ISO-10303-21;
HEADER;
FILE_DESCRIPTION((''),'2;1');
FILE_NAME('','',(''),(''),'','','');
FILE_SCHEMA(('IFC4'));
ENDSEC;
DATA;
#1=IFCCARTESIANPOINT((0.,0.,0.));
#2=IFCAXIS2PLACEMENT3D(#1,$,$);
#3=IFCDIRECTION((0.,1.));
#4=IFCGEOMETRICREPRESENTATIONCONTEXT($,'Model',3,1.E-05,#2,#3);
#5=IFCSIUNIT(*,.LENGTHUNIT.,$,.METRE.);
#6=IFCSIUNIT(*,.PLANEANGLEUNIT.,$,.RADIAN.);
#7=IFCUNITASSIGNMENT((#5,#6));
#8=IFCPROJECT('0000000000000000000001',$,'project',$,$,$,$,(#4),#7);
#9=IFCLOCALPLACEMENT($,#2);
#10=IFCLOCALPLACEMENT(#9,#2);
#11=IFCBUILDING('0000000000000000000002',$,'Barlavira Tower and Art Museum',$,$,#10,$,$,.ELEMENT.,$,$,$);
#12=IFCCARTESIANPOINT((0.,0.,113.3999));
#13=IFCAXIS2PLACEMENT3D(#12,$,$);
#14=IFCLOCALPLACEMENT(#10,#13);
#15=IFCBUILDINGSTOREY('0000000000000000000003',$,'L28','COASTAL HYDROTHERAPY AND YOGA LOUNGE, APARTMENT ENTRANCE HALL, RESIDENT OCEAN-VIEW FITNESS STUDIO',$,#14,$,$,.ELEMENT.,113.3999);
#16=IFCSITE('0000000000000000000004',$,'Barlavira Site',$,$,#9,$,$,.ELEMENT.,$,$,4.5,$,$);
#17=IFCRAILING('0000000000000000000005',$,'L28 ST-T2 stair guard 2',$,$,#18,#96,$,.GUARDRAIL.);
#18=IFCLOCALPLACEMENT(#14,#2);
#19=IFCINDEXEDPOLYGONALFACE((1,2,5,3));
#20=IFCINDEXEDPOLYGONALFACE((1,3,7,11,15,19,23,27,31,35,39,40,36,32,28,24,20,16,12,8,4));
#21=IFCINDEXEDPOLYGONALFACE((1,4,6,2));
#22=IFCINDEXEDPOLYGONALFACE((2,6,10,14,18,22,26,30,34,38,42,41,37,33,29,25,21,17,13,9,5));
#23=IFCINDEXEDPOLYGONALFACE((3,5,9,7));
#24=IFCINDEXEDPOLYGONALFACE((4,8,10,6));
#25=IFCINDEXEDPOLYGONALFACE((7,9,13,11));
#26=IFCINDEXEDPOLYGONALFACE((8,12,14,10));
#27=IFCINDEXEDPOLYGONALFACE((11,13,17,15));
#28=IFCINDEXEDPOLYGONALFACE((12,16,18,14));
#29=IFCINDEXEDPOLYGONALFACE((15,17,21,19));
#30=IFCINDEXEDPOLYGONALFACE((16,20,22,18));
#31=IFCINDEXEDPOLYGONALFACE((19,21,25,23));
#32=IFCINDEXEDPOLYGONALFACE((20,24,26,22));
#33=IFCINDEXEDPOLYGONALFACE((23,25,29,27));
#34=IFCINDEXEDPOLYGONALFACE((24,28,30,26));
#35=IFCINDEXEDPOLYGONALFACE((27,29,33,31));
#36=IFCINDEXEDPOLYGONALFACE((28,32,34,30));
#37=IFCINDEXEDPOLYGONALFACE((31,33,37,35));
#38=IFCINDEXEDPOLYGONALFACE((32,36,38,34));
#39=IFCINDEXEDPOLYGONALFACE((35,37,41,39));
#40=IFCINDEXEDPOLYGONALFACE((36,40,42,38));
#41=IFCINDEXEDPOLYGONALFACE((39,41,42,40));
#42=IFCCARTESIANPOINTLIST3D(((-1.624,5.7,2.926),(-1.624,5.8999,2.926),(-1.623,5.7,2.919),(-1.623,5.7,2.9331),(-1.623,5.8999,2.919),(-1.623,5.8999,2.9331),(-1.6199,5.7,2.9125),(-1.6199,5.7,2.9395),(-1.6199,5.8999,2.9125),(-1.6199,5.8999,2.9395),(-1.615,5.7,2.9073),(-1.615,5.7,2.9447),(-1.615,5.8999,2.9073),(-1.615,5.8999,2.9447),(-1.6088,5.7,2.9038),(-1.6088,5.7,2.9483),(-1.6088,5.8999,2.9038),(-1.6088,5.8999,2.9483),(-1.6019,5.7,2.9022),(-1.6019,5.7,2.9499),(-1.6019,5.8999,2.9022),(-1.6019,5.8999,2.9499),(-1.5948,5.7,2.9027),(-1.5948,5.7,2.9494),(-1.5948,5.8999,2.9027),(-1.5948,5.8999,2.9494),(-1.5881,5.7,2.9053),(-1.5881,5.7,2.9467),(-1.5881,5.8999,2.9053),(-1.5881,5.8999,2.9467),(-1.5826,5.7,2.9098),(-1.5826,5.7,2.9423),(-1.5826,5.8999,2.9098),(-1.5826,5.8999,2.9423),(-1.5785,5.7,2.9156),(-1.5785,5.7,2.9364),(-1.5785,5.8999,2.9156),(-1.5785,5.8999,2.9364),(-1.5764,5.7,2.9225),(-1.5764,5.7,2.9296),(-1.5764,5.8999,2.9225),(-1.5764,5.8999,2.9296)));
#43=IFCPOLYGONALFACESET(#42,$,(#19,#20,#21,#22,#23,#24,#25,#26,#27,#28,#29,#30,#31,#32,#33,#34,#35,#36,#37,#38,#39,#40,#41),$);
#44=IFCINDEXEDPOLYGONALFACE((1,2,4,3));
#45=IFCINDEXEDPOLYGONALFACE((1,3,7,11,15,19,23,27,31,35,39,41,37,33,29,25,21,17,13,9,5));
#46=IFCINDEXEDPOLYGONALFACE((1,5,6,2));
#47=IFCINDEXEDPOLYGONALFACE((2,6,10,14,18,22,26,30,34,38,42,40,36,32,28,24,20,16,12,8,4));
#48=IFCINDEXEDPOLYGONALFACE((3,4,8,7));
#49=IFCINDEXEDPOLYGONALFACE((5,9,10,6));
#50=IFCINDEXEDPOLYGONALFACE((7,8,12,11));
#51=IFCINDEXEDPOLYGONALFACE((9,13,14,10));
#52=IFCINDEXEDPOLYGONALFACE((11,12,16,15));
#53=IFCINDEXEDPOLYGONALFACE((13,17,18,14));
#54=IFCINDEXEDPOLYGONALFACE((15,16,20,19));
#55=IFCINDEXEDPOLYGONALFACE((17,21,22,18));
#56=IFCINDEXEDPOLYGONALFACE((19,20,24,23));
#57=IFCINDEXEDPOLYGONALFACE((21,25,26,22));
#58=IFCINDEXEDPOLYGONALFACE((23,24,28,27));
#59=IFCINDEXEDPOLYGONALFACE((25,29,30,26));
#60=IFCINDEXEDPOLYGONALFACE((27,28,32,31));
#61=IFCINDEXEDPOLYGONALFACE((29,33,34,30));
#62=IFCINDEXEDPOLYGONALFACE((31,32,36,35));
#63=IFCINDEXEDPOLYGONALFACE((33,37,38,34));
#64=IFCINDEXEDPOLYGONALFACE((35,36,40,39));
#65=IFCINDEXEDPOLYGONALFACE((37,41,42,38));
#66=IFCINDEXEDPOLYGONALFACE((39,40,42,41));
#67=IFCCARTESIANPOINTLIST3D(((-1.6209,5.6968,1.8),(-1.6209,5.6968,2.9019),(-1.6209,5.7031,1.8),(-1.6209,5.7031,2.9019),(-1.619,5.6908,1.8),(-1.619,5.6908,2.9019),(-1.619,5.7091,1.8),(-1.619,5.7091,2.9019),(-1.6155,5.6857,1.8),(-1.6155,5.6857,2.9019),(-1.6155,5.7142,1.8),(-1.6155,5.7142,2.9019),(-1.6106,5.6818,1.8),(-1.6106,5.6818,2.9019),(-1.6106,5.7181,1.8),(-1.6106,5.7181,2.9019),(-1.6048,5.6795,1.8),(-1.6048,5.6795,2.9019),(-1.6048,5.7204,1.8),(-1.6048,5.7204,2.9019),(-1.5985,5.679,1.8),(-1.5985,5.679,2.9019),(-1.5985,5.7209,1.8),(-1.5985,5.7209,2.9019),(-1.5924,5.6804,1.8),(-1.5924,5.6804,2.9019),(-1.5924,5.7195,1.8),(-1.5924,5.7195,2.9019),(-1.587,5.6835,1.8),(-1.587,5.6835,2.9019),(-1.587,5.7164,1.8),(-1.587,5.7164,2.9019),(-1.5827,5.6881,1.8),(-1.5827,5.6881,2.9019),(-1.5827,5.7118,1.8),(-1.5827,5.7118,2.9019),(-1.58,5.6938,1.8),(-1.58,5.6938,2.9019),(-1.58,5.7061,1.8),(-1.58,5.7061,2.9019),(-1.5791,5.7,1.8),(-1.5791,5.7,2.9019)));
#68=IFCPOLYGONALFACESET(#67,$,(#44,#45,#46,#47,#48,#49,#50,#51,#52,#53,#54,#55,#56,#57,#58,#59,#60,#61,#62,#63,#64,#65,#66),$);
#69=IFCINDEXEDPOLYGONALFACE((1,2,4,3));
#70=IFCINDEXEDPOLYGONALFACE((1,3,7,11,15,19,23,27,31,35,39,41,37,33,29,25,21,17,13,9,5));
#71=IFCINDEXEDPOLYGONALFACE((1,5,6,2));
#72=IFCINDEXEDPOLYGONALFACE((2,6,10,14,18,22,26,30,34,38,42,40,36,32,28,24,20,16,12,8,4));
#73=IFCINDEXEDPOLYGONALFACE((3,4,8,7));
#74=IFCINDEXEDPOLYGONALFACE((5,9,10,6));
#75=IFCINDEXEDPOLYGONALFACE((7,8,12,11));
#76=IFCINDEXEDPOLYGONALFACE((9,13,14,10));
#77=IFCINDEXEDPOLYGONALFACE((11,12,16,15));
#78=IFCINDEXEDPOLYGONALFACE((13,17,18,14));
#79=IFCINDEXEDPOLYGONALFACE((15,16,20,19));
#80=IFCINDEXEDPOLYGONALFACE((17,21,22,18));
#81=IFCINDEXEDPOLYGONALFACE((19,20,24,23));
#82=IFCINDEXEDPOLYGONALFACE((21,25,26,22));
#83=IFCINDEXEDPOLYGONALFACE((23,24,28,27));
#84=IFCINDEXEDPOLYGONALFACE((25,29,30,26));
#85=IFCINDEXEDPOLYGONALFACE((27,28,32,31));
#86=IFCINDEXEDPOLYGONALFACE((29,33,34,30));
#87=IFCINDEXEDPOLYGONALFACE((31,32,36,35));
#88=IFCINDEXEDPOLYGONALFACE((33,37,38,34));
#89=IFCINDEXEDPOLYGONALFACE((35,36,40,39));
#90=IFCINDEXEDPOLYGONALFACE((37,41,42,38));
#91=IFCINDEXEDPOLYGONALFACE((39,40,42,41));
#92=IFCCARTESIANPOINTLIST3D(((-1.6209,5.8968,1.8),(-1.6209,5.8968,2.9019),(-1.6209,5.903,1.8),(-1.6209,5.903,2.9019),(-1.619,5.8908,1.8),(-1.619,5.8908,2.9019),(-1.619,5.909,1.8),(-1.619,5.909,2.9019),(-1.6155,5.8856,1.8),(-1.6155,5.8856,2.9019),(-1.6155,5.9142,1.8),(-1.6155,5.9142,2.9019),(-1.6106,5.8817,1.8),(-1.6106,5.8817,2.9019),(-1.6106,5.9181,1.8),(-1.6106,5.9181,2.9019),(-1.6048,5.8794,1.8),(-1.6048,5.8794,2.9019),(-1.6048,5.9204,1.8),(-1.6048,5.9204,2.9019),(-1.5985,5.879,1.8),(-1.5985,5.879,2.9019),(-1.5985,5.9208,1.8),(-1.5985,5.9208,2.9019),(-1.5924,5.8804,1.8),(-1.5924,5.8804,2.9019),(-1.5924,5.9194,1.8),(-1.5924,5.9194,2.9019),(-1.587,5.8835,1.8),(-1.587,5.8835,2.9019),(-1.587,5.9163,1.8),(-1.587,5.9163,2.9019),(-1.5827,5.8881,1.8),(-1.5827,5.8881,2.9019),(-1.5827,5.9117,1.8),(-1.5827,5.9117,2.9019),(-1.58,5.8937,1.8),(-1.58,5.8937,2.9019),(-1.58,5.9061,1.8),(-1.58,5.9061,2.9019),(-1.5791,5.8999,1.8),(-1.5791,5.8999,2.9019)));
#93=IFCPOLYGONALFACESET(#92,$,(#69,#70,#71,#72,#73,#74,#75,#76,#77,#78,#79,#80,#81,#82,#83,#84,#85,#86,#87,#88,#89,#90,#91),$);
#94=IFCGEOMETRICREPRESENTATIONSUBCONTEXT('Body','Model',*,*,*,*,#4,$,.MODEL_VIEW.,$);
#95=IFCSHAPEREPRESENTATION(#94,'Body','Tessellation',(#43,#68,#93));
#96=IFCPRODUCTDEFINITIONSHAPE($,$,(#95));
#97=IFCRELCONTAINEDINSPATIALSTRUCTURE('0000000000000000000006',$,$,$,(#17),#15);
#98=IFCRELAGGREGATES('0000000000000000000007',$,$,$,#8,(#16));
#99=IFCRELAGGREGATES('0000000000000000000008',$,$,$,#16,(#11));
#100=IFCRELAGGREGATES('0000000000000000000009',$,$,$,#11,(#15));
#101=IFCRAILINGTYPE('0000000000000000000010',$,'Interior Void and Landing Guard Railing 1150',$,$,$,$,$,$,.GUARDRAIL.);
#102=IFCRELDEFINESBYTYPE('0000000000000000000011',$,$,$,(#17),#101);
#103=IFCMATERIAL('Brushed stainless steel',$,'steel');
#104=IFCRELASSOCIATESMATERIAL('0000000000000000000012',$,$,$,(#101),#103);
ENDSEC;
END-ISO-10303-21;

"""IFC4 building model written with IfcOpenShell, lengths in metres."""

from ifc_helpers import new_model, si_unit, direction, frame, origin, origin_2d, place, context, subcontext, project, spatial, circle, extrude, material, type_object, element, save


model = new_model("IFC4")

# Units and contexts
model_context = context("Model", 3, precision=1e-05, world=origin(), true_north=direction((0.0, 1.0)))
body_context = subcontext(model_context, "Body", "Model", "MODEL_VIEW")
ifc_project = project(units=[si_unit("LENGTHUNIT", "METRE"), si_unit("PLANEANGLEUNIT", "RADIAN")], contexts=[model_context])

# Site, building, storey
site_placement = place(None, origin())
site = spatial("IfcSite", under=ifc_project, at=site_placement, Name="Barlavira Site", CompositionType="ELEMENT", RefElevation=4.5)
building_placement = place(site_placement, origin())
building = spatial("IfcBuilding", under=site, at=building_placement, Name="Barlavira Tower and Art Museum", CompositionType="ELEMENT")
storey_placement = place(building_placement, frame((0.0, 0.0, 113.3999)))
storey = spatial("IfcBuildingStorey", under=building, at=storey_placement, Name="L28", Description="COASTAL HYDROTHERAPY AND YOGA LOUNGE, APARTMENT ENTRANCE HALL, RESIDENT OCEAN-VIEW FITNESS STUDIO", CompositionType="ELEMENT", Elevation=113.3999)

# Shared definitions
ifc_material_1 = material(Name="Brushed stainless steel", Category="steel")

# Railing
railing_type_1 = type_object("IfcRailingType", Name="Interior Void and Landing Guard Railing 1150", PredefinedType="GUARDRAIL", material=ifc_material_1)
railing_1_placement = place(storey_placement, frame((-1.6001, 5.7, 1.8)))
element("IfcRailing", 1, at=railing_1_placement, inside=storey, type_object=railing_type_1, Name="L28 ST-T2 stair guard 2", PredefinedType="GUARDRAIL", context=body_context, shape_type="SweptSolid", body=[
    extrude(circle(Radius=0.0239, at=origin_2d()), frame((0.0, 0.0, 1.126), z_axis=(0.0, 1.0, 0.0), x_axis=(-1.0, 0.0, 0.0)), (0.0, 0.0, 1.0), 0.2),
    extrude(circle(Radius=0.021, at=origin_2d()), origin(), (0.0, 0.0, 1.0), 1.1018),
    extrude(circle(Radius=0.021, at=origin_2d()), frame((0.0, 0.2, 0.0)), (0.0, 0.0, 1.0), 1.1018),
])

save(model, "model.ifc")
